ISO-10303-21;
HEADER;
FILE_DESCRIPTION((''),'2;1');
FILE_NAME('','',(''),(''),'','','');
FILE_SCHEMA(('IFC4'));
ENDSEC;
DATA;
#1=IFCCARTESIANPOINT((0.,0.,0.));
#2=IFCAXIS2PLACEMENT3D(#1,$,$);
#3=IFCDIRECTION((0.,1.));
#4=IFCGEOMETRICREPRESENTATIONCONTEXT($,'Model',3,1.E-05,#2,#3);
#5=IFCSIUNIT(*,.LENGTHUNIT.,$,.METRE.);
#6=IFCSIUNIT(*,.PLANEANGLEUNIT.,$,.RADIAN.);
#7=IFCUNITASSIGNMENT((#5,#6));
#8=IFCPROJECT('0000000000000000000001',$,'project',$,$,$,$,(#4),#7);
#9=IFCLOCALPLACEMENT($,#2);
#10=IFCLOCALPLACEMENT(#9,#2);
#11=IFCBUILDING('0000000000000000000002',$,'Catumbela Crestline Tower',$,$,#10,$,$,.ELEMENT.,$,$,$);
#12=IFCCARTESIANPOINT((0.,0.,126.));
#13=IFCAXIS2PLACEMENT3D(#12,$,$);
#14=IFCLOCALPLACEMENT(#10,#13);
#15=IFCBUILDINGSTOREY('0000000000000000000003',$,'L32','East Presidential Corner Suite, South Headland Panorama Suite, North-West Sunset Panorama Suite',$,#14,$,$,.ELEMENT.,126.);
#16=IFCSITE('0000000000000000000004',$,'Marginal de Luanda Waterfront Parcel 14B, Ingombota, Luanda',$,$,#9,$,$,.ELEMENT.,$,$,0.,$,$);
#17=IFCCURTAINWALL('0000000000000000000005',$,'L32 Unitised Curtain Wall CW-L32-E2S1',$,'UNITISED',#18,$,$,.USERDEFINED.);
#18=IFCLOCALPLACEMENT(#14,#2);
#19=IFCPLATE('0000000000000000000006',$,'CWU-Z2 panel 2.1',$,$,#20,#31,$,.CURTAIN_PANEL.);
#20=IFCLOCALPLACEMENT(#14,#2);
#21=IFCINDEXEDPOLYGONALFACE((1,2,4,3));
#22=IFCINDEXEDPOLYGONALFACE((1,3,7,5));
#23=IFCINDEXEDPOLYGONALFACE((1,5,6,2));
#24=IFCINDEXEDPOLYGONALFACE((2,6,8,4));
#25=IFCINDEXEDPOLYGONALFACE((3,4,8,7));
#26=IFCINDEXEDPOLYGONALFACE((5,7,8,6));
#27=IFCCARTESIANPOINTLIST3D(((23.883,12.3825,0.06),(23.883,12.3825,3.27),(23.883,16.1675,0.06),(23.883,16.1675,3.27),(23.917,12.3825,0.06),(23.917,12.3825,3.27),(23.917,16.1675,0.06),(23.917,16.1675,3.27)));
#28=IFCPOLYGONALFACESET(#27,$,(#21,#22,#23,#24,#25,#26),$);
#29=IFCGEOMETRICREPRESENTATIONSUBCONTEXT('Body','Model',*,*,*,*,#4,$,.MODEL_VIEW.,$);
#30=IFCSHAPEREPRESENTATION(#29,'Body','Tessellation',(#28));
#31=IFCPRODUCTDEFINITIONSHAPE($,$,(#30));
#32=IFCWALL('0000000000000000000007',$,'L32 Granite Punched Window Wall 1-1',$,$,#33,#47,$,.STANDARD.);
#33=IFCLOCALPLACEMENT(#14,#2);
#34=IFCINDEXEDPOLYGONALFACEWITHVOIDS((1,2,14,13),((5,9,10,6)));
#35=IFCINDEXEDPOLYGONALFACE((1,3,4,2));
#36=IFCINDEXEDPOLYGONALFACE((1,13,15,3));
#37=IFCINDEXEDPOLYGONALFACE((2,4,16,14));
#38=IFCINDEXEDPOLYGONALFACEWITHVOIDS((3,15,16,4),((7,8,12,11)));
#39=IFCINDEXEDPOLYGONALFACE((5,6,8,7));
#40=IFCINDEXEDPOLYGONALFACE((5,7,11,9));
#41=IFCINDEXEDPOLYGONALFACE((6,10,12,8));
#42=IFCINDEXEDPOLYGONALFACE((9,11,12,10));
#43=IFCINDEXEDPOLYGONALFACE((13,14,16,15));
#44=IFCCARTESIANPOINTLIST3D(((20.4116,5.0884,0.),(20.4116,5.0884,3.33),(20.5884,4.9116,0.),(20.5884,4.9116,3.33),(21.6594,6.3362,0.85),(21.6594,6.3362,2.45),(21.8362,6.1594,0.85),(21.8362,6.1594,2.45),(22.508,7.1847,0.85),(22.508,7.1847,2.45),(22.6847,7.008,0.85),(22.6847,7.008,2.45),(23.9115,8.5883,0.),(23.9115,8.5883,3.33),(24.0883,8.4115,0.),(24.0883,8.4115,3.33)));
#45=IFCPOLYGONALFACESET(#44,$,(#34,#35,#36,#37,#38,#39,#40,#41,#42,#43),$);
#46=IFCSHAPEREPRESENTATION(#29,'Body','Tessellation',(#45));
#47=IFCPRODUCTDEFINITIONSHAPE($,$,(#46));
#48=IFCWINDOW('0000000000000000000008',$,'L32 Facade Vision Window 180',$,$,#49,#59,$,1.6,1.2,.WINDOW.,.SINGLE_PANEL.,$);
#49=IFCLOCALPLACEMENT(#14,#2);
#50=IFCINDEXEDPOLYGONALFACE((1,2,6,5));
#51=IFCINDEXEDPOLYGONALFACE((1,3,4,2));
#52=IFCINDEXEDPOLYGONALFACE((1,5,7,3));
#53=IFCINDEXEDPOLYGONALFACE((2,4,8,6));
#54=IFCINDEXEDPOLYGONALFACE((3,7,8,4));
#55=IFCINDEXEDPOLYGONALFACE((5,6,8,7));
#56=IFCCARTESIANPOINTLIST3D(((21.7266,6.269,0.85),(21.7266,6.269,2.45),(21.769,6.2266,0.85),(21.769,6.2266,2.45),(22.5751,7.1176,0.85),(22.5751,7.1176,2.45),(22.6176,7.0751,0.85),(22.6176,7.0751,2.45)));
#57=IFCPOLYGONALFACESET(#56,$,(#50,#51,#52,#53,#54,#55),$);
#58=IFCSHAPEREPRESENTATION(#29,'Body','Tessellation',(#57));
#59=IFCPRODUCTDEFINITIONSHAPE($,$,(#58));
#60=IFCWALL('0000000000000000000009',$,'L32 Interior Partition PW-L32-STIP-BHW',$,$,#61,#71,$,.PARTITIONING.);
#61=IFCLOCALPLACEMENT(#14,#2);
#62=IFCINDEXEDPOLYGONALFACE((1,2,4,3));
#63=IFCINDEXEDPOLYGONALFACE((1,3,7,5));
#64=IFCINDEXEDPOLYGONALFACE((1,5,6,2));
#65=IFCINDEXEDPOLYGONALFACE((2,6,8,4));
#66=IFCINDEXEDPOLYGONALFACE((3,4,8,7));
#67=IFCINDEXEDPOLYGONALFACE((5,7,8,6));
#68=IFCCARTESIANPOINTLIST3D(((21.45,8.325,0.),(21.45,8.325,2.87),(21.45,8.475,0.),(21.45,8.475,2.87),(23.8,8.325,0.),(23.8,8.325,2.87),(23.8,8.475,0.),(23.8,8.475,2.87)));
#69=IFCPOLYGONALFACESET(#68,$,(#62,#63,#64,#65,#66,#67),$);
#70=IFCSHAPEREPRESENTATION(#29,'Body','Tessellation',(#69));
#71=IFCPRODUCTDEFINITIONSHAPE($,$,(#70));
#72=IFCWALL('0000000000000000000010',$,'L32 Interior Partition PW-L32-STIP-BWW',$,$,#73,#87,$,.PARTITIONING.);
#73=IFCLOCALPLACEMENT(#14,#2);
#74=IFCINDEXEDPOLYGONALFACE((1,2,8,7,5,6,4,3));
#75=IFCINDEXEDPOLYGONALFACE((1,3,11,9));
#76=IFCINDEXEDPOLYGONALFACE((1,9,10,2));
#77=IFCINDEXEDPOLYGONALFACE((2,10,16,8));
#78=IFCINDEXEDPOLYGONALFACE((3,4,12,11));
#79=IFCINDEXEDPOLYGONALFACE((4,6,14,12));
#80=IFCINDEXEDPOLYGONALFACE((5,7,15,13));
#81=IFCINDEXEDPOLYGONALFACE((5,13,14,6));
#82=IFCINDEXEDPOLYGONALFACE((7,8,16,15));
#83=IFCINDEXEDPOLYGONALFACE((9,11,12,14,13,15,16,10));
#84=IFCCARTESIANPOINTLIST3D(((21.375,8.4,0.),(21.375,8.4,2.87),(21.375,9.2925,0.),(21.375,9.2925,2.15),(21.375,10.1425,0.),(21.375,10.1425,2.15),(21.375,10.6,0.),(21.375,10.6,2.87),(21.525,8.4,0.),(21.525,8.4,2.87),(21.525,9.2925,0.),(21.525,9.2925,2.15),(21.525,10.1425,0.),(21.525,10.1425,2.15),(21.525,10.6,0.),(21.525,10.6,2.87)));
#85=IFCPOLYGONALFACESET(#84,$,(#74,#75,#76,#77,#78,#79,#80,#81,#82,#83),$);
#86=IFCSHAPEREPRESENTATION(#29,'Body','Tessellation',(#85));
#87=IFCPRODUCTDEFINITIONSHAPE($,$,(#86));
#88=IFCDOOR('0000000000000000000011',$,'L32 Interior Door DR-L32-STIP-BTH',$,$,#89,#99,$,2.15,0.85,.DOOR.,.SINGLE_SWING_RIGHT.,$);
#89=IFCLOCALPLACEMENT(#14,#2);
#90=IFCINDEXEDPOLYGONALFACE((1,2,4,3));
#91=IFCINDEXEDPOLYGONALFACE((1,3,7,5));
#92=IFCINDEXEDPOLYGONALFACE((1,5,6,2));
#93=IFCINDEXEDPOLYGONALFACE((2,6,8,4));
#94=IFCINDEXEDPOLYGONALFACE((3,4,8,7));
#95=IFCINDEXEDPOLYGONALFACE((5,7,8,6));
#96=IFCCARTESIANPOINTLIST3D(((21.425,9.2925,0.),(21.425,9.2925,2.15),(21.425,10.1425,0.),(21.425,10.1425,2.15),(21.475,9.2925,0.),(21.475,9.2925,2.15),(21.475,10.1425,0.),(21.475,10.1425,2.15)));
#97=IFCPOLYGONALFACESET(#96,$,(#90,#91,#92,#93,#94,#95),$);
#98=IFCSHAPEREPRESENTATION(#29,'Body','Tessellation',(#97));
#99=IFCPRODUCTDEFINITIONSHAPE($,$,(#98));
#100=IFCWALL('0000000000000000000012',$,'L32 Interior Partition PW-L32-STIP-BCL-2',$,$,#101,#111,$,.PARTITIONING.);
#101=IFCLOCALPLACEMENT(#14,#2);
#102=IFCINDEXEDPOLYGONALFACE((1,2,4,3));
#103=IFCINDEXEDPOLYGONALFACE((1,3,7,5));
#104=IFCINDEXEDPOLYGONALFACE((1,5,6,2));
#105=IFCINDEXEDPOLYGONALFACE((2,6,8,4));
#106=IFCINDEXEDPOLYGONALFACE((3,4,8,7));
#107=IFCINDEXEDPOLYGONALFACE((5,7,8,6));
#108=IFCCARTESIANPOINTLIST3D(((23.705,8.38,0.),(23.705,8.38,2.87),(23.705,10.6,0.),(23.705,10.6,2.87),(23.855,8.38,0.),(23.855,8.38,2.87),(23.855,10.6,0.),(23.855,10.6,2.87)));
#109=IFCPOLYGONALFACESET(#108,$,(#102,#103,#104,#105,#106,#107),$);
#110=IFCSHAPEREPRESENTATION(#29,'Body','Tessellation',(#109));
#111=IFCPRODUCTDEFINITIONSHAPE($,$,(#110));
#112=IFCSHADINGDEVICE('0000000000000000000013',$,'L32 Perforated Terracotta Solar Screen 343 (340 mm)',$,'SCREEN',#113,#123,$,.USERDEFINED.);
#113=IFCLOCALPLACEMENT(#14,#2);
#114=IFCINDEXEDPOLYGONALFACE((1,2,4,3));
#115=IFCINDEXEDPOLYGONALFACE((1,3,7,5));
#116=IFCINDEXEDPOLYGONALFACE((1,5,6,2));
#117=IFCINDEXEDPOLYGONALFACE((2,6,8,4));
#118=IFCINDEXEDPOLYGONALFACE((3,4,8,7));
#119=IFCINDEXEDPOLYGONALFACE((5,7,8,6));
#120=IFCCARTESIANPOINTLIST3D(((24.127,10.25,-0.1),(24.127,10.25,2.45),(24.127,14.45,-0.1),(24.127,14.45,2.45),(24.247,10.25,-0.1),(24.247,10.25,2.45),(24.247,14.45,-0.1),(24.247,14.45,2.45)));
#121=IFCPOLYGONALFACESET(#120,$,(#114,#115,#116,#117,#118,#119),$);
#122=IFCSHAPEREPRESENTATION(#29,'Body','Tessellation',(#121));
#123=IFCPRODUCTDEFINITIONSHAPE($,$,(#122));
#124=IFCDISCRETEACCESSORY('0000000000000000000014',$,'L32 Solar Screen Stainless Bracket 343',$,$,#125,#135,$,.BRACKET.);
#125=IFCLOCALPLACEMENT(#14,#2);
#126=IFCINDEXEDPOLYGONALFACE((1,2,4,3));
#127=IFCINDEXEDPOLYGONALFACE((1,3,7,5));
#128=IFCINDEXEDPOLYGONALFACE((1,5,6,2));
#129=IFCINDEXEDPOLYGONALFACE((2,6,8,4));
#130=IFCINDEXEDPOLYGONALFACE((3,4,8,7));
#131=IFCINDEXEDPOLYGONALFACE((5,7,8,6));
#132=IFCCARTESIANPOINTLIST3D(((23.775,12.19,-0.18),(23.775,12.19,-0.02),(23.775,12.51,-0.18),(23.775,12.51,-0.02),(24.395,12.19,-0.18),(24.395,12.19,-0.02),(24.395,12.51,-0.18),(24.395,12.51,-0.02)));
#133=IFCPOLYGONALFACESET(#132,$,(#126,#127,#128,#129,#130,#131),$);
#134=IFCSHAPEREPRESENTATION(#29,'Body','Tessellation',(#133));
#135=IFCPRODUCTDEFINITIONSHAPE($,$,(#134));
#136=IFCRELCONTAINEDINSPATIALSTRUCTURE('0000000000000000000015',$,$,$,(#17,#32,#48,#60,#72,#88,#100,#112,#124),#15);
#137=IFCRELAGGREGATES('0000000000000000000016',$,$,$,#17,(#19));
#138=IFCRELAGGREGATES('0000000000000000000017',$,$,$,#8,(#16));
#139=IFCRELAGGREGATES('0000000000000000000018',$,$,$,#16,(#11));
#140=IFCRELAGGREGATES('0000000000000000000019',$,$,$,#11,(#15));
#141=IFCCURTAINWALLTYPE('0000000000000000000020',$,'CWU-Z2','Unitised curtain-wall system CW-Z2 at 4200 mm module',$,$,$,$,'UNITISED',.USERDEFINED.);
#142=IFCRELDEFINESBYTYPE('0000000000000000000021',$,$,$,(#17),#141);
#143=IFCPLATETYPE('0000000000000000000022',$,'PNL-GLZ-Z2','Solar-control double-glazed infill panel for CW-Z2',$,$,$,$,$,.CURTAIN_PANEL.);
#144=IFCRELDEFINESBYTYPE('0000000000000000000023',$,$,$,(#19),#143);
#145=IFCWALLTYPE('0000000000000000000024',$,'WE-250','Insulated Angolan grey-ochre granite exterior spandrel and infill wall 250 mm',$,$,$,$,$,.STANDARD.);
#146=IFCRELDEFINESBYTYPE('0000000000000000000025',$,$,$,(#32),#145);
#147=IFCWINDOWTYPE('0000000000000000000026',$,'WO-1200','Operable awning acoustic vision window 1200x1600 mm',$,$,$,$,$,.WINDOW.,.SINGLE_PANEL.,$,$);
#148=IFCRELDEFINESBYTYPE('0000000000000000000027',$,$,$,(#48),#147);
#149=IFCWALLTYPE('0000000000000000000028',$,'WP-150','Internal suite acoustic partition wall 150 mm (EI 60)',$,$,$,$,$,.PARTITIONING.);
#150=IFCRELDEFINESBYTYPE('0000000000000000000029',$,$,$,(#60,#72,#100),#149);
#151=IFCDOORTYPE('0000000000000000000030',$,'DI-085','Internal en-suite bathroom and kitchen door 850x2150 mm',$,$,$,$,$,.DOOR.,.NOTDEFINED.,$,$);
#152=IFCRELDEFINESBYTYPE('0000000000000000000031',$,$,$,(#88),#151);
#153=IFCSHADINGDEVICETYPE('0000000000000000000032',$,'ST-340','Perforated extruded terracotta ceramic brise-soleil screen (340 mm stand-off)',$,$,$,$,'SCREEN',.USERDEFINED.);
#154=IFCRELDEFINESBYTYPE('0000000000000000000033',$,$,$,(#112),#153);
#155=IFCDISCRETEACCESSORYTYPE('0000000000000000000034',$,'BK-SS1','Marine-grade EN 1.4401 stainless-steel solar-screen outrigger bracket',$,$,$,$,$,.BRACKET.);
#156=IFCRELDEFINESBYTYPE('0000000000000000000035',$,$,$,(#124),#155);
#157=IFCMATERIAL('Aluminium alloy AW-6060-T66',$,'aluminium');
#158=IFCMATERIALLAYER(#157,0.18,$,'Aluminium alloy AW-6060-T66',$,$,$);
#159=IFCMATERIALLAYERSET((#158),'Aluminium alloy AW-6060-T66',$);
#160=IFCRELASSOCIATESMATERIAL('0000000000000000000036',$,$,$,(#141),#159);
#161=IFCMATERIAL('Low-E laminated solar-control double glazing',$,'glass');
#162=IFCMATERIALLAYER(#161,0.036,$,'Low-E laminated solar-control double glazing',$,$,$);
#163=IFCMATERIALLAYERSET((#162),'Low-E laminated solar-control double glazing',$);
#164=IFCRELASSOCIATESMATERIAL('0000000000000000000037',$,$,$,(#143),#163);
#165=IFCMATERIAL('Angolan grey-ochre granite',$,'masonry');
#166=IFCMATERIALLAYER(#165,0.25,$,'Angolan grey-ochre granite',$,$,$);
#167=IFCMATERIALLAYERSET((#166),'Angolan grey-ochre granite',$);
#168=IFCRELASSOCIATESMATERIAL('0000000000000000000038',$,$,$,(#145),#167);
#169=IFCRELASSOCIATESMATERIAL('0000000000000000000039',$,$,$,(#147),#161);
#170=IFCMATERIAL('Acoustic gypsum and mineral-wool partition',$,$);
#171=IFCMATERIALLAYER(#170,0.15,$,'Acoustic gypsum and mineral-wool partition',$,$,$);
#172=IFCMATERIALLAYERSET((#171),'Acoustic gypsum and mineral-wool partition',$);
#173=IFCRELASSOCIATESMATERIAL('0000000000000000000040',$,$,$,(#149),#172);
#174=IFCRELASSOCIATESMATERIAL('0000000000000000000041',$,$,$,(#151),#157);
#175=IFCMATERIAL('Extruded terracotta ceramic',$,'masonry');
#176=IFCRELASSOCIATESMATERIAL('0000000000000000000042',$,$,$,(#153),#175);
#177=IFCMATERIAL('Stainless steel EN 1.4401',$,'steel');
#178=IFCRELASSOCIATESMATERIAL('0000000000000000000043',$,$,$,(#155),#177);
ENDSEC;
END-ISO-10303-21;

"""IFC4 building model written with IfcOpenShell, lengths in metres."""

from ifc_helpers import new_model, si_unit, direction, frame, frame_2d, origin, origin_2d, place, context, subcontext, project, spatial, rectangle, extrude, material, layer, layer_set, type_object, element, fill, aggregate, save


model = new_model("IFC4")

# Units and contexts
model_context = context("Model", 3, precision=1e-05, world=origin(), true_north=direction((0.0, 1.0)))
body_context = subcontext(model_context, "Body", "Model", "MODEL_VIEW")
ifc_project = project(units=[si_unit("LENGTHUNIT", "METRE"), si_unit("PLANEANGLEUNIT", "RADIAN")], contexts=[model_context])

# Site, building, storey
site_placement = place(None, origin())
site = spatial("IfcSite", under=ifc_project, at=site_placement, Name="Marginal de Luanda Waterfront Parcel 14B, Ingombota, Luanda", CompositionType="ELEMENT", RefElevation=0.0)
building_placement = place(site_placement, origin())
building = spatial("IfcBuilding", under=site, at=building_placement, Name="Catumbela Crestline Tower", CompositionType="ELEMENT")
storey_placement = place(building_placement, frame((0.0, 0.0, 126.0)))
storey = spatial("IfcBuildingStorey", under=building, at=storey_placement, Name="L32", Description="East Presidential Corner Suite, South Headland Panorama Suite, North-West Sunset Panorama Suite", CompositionType="ELEMENT", Elevation=126.0)

# Shared definitions
ifc_material_1 = material(Name="Aluminium alloy AW-6060-T66", Category="aluminium")
ifc_layer_1 = layer(ifc_material_1, 0.18, Name="Aluminium alloy AW-6060-T66")
ifc_layer_set_1 = layer_set([ifc_layer_1], Name="Aluminium alloy AW-6060-T66")
curtain_wall_type = type_object("IfcCurtainWallType", Name="CWU-Z2", Description="Unitised curtain-wall system CW-Z2 at 4200 mm module", ElementType="UNITISED", PredefinedType="USERDEFINED", material=ifc_layer_set_1)

# Curtain wall
curtain_wall_1_placement = place(storey_placement, origin())
curtain_wall_1 = element("IfcCurtainWall", 1, at=curtain_wall_1_placement, inside=storey, type_object=curtain_wall_type, Name="L32 Unitised Curtain Wall CW-L32-E2S1", ObjectType="UNITISED", PredefinedType="USERDEFINED")

# Plate
ifc_material_2 = material(Name="Low-E laminated solar-control double glazing", Category="glass")
ifc_layer_2 = layer(ifc_material_2, 0.036, Name="Low-E laminated solar-control double glazing")
ifc_layer_set_2 = layer_set([ifc_layer_2], Name="Low-E laminated solar-control double glazing")
plate_type = type_object("IfcPlateType", Name="PNL-GLZ-Z2", Description="Solar-control double-glazed infill panel for CW-Z2", PredefinedType="CURTAIN_PANEL", material=ifc_layer_set_2)
plate_1_placement = place(storey_placement, frame((23.9, 14.275, 0.06), z_axis=(0.0, 0.0, 1.0), x_axis=(0.0, 1.0, 0.0)))
plate_1 = element("IfcPlate", 2, at=plate_1_placement, type_object=plate_type, Name="CWU-Z2 panel 2.1", PredefinedType="CURTAIN_PANEL", context=body_context, shape_type="SweptSolid", body=[
    extrude(rectangle(XDim=3.785, YDim=0.034, at=origin_2d()), origin(), (0.0, 0.0, 1.0), 3.21),
])
aggregate(curtain_wall_1, [plate_1])

# Wall, opening, window
ifc_material_3 = material(Name="Angolan grey-ochre granite", Category="masonry")
ifc_layer_3 = layer(ifc_material_3, 0.25, Name="Angolan grey-ochre granite")
ifc_layer_set_3 = layer_set([ifc_layer_3], Name="Angolan grey-ochre granite")
wall_type_1 = type_object("IfcWallType", Name="WE-250", Description="Insulated Angolan grey-ochre granite exterior spandrel and infill wall 250 mm", PredefinedType="STANDARD", material=ifc_layer_set_3)
wall_1_placement = place(storey_placement, frame((20.5, 5.0, 0.0), z_axis=(0.0, 0.0, 1.0), x_axis=(0.707107, 0.707107, 0.0)))
wall_1 = element("IfcWall", 3, at=wall_1_placement, inside=storey, type_object=wall_type_1, Name="L32 Granite Punched Window Wall 1-1", PredefinedType="STANDARD", context=body_context, shape_type="SweptSolid", body=[
    extrude(rectangle(XDim=4.9497, YDim=0.25, at=frame_2d((2.4748, 0.0))), origin(), (0.0, 0.0, 1.0), 3.33),
])
opening_1_placement = place(wall_1_placement, frame((1.7647, 0.0, 0.85)))
opening_1 = element("IfcOpeningElement", 4, at=opening_1_placement, cuts=wall_1, PredefinedType="OPENING", context=body_context, shape_type="SweptSolid", body=[
    extrude(rectangle(XDim=1.2, YDim=1.6, at=frame_2d((0.6, 0.8))), frame((0.0, 0.135, 0.0), z_axis=(0.0, -1.0, 0.0), x_axis=(1.0, 0.0, 0.0)), (0.0, 0.0, 1.0), 0.27),
])
window_type = type_object("IfcWindowType", Name="WO-1200", Description="Operable awning acoustic vision window 1200x1600 mm", PartitioningType="SINGLE_PANEL", PredefinedType="WINDOW", material=ifc_material_2)
window_placement = place(opening_1_placement, origin())
window = element("IfcWindow", 5, at=window_placement, inside=storey, type_object=window_type, Name="L32 Facade Vision Window 180", OverallHeight=1.6, OverallWidth=1.2, PartitioningType="SINGLE_PANEL", PredefinedType="WINDOW", context=body_context, shape_type="SweptSolid", body=[
    extrude(rectangle(XDim=1.2, YDim=1.6, at=frame_2d((0.6, 0.8))), frame((0.0, 0.03, 0.0), z_axis=(0.0, -1.0, 0.0), x_axis=(1.0, 0.0, 0.0)), (0.0, 0.0, 1.0), 0.06),
])
fill(opening_1, window)

# Wall
ifc_material_4 = material(Name="Acoustic gypsum and mineral-wool partition")
ifc_layer_4 = layer(ifc_material_4, 0.15, Name="Acoustic gypsum and mineral-wool partition")
ifc_layer_set_4 = layer_set([ifc_layer_4], Name="Acoustic gypsum and mineral-wool partition")
wall_type_2 = type_object("IfcWallType", Name="WP-150", Description="Internal suite acoustic partition wall 150 mm (EI 60)", PredefinedType="PARTITIONING", material=ifc_layer_set_4)
wall_2_placement = place(storey_placement, frame((21.45, 8.4, 0.0), z_axis=(0.0, 0.0, 1.0), x_axis=(1.0, 0.0, 0.0)))
element("IfcWall", 6, at=wall_2_placement, inside=storey, type_object=wall_type_2, Name="L32 Interior Partition PW-L32-STIP-BHW", PredefinedType="PARTITIONING", context=body_context, shape_type="SweptSolid", body=[
    extrude(rectangle(XDim=2.35, YDim=0.15, at=frame_2d((1.175, 0.0))), origin(), (0.0, 0.0, 1.0), 2.87),
])

# Wall, opening, door
wall_3_placement = place(storey_placement, frame((21.45, 8.4, 0.0), z_axis=(0.0, 0.0, 1.0), x_axis=(0.0, 1.0, 0.0)))
wall_3 = element("IfcWall", 7, at=wall_3_placement, inside=storey, type_object=wall_type_2, Name="L32 Interior Partition PW-L32-STIP-BWW", PredefinedType="PARTITIONING", context=body_context, shape_type="SweptSolid", body=[
    extrude(rectangle(XDim=2.2, YDim=0.15, at=frame_2d((1.1, 0.0))), origin(), (0.0, 0.0, 1.0), 2.87),
])
opening_2_placement = place(wall_3_placement, frame((0.8925, 0.0, 0.0)))
opening_2 = element("IfcOpeningElement", 8, at=opening_2_placement, cuts=wall_3, PredefinedType="OPENING", context=body_context, shape_type="SweptSolid", body=[
    extrude(rectangle(XDim=0.85, YDim=2.15, at=frame_2d((0.425, 1.075))), frame((0.0, 0.085, 0.0), z_axis=(0.0, -1.0, 0.0), x_axis=(1.0, 0.0, 0.0)), (0.0, 0.0, 1.0), 0.17),
])
door_type = type_object("IfcDoorType", Name="DI-085", Description="Internal en-suite bathroom and kitchen door 850x2150 mm", OperationType="NOTDEFINED", PredefinedType="DOOR", material=ifc_material_1)
door_placement = place(opening_2_placement, origin())
door = element("IfcDoor", 9, at=door_placement, inside=storey, type_object=door_type, Name="L32 Interior Door DR-L32-STIP-BTH", OperationType="SINGLE_SWING_RIGHT", OverallHeight=2.15, OverallWidth=0.85, PredefinedType="DOOR", context=body_context, shape_type="SweptSolid", body=[
    extrude(rectangle(XDim=0.85, YDim=2.15, at=frame_2d((0.425, 1.075))), frame((0.0, 0.025, 0.0), z_axis=(0.0, -1.0, 0.0), x_axis=(1.0, 0.0, 0.0)), (0.0, 0.0, 1.0), 0.05),
])
fill(opening_2, door)

# Wall
wall_4_placement = place(storey_placement, frame((23.78, 10.6, 0.0), z_axis=(0.0, 0.0, 1.0), x_axis=(0.0, -1.0, 0.0)))
element("IfcWall", 10, at=wall_4_placement, inside=storey, type_object=wall_type_2, Name="L32 Interior Partition PW-L32-STIP-BCL-2", PredefinedType="PARTITIONING", context=body_context, shape_type="SweptSolid", body=[
    extrude(rectangle(XDim=2.22, YDim=0.15, at=frame_2d((1.11, 0.0))), origin(), (0.0, 0.0, 1.0), 2.87),
])

# Shading device
ifc_material_5 = material(Name="Extruded terracotta ceramic", Category="masonry")
shading_device_type = type_object("IfcShadingDeviceType", Name="ST-340", Description="Perforated extruded terracotta ceramic brise-soleil screen (340 mm stand-off)", ElementType="SCREEN", PredefinedType="USERDEFINED", material=ifc_material_5)
shading_device_placement = place(storey_placement, frame((24.187, 12.35, -0.1), z_axis=(0.0, 0.0, 1.0), x_axis=(0.0, 1.0, 0.0)))
element("IfcShadingDevice", 11, at=shading_device_placement, inside=storey, type_object=shading_device_type, Name="L32 Perforated Terracotta Solar Screen 343 (340 mm)", ObjectType="SCREEN", PredefinedType="USERDEFINED", context=body_context, shape_type="SweptSolid", body=[
    extrude(rectangle(XDim=4.2, YDim=0.12, at=origin_2d()), origin(), (0.0, 0.0, 1.0), 2.55),
])

# Discrete accessory
ifc_material_6 = material(Name="Stainless steel EN 1.4401", Category="steel")
discrete_accessory_type = type_object("IfcDiscreteAccessoryType", Name="BK-SS1", Description="Marine-grade EN 1.4401 stainless-steel solar-screen outrigger bracket", PredefinedType="BRACKET", material=ifc_material_6)
discrete_accessory_placement = place(storey_placement, frame((24.085, 12.35, -0.18), z_axis=(0.0, 0.0, 1.0), x_axis=(0.0, 1.0, 0.0)))
element("IfcDiscreteAccessory", 12, at=discrete_accessory_placement, inside=storey, type_object=discrete_accessory_type, Name="L32 Solar Screen Stainless Bracket 343", PredefinedType="BRACKET", context=body_context, shape_type="SweptSolid", body=[
    extrude(rectangle(XDim=0.32, YDim=0.62, at=origin_2d()), origin(), (0.0, 0.0, 1.0), 0.16),
])

save(model, "model.ifc")
